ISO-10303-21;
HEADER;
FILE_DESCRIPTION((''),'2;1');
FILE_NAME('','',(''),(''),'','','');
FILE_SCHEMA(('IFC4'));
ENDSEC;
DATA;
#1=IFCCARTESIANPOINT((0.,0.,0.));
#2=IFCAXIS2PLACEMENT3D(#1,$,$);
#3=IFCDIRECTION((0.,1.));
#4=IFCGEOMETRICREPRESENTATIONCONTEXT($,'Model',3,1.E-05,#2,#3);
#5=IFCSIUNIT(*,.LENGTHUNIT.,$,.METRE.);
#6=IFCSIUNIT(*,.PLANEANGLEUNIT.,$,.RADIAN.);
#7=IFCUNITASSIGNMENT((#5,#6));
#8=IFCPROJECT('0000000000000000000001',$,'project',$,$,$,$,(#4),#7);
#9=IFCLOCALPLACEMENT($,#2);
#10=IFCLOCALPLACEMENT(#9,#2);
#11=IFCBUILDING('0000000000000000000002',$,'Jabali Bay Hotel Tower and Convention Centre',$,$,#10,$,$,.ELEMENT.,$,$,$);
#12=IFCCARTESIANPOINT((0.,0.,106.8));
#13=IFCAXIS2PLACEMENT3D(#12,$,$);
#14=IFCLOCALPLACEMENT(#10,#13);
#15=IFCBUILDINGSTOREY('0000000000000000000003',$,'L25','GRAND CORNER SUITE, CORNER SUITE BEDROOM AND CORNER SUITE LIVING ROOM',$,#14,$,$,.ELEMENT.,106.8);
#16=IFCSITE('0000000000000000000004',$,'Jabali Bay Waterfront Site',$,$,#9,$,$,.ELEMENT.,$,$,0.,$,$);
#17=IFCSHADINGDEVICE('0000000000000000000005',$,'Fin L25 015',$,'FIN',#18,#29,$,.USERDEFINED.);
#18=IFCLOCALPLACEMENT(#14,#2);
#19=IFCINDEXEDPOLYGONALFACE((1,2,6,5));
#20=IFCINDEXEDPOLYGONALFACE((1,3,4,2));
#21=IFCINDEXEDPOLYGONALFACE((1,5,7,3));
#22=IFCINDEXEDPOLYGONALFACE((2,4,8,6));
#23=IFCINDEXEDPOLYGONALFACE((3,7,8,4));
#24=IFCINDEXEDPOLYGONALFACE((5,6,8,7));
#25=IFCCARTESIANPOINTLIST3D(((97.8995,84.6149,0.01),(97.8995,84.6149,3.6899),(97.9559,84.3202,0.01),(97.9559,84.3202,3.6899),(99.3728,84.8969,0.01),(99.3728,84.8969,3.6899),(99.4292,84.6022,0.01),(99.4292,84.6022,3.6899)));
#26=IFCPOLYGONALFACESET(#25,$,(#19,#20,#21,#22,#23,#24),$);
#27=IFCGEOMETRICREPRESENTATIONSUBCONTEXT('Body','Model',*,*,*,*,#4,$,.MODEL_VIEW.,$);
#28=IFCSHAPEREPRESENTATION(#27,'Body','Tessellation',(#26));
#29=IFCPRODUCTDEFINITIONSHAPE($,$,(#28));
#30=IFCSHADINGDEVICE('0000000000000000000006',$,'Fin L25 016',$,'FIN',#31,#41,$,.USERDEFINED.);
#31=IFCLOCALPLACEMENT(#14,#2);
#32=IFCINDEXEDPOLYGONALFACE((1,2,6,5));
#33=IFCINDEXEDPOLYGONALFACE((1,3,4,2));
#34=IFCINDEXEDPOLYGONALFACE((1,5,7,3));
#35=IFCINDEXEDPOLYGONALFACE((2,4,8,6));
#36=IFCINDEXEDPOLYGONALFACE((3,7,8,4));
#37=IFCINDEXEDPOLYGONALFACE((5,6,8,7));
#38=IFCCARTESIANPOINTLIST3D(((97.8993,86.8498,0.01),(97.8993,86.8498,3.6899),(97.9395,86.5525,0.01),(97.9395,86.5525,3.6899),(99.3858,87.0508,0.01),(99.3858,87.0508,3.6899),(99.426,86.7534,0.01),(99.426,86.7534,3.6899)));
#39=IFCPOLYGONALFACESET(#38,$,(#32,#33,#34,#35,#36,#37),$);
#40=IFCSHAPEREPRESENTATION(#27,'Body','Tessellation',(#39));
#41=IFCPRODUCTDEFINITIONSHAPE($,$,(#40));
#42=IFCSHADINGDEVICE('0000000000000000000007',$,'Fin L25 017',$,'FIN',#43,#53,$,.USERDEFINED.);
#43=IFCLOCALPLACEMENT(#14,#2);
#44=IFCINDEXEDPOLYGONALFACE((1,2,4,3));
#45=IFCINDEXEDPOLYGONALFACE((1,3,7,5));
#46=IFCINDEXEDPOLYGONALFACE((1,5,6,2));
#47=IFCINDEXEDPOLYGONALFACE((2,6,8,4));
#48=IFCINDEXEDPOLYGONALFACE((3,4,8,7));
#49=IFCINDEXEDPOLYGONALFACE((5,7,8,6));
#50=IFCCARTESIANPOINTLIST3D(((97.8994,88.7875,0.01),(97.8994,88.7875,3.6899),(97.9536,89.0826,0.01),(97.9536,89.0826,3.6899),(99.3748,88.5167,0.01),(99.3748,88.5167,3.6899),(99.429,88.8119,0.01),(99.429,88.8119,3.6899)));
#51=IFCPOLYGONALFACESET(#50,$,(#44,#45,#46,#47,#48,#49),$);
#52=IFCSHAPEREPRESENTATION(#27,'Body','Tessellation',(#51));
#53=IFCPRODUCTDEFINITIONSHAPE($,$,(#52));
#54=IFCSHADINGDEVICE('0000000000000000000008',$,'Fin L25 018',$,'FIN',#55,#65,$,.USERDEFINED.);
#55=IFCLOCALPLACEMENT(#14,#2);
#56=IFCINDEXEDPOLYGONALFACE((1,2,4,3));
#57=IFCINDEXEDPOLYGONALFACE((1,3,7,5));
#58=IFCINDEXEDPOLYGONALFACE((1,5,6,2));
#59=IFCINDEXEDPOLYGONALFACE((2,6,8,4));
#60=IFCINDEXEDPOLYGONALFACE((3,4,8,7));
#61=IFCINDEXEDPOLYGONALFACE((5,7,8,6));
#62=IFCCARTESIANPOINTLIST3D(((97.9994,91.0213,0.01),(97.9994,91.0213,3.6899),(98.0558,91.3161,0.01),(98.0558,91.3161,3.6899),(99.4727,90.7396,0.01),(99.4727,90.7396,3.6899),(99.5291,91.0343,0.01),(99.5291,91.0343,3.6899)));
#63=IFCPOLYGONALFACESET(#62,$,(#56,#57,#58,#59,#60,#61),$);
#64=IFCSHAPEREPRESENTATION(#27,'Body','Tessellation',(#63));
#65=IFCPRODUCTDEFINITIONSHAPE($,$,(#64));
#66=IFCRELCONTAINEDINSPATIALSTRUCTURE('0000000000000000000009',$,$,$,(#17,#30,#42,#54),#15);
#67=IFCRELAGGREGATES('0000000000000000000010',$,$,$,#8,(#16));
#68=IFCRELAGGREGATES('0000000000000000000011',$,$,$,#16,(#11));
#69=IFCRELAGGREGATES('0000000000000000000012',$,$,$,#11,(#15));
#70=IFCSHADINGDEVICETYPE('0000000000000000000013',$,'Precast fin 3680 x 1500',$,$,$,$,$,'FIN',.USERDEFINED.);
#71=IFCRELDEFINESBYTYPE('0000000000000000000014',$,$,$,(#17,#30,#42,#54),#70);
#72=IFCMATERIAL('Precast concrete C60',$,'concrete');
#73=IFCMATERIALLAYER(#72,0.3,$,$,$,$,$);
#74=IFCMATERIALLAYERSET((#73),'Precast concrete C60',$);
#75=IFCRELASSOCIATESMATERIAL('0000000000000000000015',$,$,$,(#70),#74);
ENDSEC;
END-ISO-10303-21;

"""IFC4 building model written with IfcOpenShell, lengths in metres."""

from ifc_helpers import new_model, si_unit, direction, frame, frame_2d, origin, place, context, subcontext, project, spatial, rectangle, extrude, material, layer, layer_set, type_object, element, save


model = new_model("IFC4")

# Units and contexts
model_context = context("Model", 3, precision=1e-05, world=origin(), true_north=direction((0.0, 1.0)))
body_context = subcontext(model_context, "Body", "Model", "MODEL_VIEW")
ifc_project = project(units=[si_unit("LENGTHUNIT", "METRE"), si_unit("PLANEANGLEUNIT", "RADIAN")], contexts=[model_context])

# Site, building, storey
site_placement = place(None, origin())
site = spatial("IfcSite", under=ifc_project, at=site_placement, Name="Jabali Bay Waterfront Site", CompositionType="ELEMENT", RefElevation=0.0)
building_placement = place(site_placement, origin())
building = spatial("IfcBuilding", under=site, at=building_placement, Name="Jabali Bay Hotel Tower and Convention Centre", CompositionType="ELEMENT")
storey_placement = place(building_placement, frame((0.0, 0.0, 106.8)))
storey = spatial("IfcBuildingStorey", under=building, at=storey_placement, Name="L25", Description="GRAND CORNER SUITE, CORNER SUITE BEDROOM AND CORNER SUITE LIVING ROOM", CompositionType="ELEMENT", Elevation=106.8)

# Shading devices
ifc_material_1 = material(Name="Precast concrete C60", Category="concrete")
ifc_layer_1 = layer(ifc_material_1, 0.3)
ifc_layer_set_1 = layer_set([ifc_layer_1], Name="Precast concrete C60")
shading_device_type = type_object("IfcShadingDeviceType", Name="Precast fin 3680 x 1500", ElementType="FIN", PredefinedType="USERDEFINED", material=ifc_layer_set_1)
for number, where, z_axis, x_axis, name in (
    (1, (97.9277, 84.4675, 0.01), (0.0, 0.0, 1.0), (0.982169, 0.188002, 0.0), "Fin L25 015"),
    (2, (97.9194, 86.7012, 0.01), (0.0, 0.0, 1.0), (0.990989, 0.133944, 0.0), "Fin L25 016"),
    (3, (97.9265, 88.9351, 0.01), (0.0, 0.0, 1.0), (0.983574, -0.180504, 0.0), "Fin L25 017"),
    (4, (98.0276, 91.1687, 0.01), (0.0, 0.0, 1.0), (0.982204, -0.187815, 0.0), "Fin L25 018"),
):
    element("IfcShadingDevice", number, at=place(storey_placement, frame(where, z_axis=z_axis, x_axis=x_axis)), inside=storey, type_object=shading_device_type, Name=name, ObjectType="FIN", PredefinedType="USERDEFINED", context=body_context, shape_type="SweptSolid", body=[
        extrude(rectangle(XDim=1.5, YDim=0.3, at=frame_2d((0.75, 0.0))), origin(), (0.0, 0.0, 1.0), 3.6799),
    ])

save(model, "model.ifc")
